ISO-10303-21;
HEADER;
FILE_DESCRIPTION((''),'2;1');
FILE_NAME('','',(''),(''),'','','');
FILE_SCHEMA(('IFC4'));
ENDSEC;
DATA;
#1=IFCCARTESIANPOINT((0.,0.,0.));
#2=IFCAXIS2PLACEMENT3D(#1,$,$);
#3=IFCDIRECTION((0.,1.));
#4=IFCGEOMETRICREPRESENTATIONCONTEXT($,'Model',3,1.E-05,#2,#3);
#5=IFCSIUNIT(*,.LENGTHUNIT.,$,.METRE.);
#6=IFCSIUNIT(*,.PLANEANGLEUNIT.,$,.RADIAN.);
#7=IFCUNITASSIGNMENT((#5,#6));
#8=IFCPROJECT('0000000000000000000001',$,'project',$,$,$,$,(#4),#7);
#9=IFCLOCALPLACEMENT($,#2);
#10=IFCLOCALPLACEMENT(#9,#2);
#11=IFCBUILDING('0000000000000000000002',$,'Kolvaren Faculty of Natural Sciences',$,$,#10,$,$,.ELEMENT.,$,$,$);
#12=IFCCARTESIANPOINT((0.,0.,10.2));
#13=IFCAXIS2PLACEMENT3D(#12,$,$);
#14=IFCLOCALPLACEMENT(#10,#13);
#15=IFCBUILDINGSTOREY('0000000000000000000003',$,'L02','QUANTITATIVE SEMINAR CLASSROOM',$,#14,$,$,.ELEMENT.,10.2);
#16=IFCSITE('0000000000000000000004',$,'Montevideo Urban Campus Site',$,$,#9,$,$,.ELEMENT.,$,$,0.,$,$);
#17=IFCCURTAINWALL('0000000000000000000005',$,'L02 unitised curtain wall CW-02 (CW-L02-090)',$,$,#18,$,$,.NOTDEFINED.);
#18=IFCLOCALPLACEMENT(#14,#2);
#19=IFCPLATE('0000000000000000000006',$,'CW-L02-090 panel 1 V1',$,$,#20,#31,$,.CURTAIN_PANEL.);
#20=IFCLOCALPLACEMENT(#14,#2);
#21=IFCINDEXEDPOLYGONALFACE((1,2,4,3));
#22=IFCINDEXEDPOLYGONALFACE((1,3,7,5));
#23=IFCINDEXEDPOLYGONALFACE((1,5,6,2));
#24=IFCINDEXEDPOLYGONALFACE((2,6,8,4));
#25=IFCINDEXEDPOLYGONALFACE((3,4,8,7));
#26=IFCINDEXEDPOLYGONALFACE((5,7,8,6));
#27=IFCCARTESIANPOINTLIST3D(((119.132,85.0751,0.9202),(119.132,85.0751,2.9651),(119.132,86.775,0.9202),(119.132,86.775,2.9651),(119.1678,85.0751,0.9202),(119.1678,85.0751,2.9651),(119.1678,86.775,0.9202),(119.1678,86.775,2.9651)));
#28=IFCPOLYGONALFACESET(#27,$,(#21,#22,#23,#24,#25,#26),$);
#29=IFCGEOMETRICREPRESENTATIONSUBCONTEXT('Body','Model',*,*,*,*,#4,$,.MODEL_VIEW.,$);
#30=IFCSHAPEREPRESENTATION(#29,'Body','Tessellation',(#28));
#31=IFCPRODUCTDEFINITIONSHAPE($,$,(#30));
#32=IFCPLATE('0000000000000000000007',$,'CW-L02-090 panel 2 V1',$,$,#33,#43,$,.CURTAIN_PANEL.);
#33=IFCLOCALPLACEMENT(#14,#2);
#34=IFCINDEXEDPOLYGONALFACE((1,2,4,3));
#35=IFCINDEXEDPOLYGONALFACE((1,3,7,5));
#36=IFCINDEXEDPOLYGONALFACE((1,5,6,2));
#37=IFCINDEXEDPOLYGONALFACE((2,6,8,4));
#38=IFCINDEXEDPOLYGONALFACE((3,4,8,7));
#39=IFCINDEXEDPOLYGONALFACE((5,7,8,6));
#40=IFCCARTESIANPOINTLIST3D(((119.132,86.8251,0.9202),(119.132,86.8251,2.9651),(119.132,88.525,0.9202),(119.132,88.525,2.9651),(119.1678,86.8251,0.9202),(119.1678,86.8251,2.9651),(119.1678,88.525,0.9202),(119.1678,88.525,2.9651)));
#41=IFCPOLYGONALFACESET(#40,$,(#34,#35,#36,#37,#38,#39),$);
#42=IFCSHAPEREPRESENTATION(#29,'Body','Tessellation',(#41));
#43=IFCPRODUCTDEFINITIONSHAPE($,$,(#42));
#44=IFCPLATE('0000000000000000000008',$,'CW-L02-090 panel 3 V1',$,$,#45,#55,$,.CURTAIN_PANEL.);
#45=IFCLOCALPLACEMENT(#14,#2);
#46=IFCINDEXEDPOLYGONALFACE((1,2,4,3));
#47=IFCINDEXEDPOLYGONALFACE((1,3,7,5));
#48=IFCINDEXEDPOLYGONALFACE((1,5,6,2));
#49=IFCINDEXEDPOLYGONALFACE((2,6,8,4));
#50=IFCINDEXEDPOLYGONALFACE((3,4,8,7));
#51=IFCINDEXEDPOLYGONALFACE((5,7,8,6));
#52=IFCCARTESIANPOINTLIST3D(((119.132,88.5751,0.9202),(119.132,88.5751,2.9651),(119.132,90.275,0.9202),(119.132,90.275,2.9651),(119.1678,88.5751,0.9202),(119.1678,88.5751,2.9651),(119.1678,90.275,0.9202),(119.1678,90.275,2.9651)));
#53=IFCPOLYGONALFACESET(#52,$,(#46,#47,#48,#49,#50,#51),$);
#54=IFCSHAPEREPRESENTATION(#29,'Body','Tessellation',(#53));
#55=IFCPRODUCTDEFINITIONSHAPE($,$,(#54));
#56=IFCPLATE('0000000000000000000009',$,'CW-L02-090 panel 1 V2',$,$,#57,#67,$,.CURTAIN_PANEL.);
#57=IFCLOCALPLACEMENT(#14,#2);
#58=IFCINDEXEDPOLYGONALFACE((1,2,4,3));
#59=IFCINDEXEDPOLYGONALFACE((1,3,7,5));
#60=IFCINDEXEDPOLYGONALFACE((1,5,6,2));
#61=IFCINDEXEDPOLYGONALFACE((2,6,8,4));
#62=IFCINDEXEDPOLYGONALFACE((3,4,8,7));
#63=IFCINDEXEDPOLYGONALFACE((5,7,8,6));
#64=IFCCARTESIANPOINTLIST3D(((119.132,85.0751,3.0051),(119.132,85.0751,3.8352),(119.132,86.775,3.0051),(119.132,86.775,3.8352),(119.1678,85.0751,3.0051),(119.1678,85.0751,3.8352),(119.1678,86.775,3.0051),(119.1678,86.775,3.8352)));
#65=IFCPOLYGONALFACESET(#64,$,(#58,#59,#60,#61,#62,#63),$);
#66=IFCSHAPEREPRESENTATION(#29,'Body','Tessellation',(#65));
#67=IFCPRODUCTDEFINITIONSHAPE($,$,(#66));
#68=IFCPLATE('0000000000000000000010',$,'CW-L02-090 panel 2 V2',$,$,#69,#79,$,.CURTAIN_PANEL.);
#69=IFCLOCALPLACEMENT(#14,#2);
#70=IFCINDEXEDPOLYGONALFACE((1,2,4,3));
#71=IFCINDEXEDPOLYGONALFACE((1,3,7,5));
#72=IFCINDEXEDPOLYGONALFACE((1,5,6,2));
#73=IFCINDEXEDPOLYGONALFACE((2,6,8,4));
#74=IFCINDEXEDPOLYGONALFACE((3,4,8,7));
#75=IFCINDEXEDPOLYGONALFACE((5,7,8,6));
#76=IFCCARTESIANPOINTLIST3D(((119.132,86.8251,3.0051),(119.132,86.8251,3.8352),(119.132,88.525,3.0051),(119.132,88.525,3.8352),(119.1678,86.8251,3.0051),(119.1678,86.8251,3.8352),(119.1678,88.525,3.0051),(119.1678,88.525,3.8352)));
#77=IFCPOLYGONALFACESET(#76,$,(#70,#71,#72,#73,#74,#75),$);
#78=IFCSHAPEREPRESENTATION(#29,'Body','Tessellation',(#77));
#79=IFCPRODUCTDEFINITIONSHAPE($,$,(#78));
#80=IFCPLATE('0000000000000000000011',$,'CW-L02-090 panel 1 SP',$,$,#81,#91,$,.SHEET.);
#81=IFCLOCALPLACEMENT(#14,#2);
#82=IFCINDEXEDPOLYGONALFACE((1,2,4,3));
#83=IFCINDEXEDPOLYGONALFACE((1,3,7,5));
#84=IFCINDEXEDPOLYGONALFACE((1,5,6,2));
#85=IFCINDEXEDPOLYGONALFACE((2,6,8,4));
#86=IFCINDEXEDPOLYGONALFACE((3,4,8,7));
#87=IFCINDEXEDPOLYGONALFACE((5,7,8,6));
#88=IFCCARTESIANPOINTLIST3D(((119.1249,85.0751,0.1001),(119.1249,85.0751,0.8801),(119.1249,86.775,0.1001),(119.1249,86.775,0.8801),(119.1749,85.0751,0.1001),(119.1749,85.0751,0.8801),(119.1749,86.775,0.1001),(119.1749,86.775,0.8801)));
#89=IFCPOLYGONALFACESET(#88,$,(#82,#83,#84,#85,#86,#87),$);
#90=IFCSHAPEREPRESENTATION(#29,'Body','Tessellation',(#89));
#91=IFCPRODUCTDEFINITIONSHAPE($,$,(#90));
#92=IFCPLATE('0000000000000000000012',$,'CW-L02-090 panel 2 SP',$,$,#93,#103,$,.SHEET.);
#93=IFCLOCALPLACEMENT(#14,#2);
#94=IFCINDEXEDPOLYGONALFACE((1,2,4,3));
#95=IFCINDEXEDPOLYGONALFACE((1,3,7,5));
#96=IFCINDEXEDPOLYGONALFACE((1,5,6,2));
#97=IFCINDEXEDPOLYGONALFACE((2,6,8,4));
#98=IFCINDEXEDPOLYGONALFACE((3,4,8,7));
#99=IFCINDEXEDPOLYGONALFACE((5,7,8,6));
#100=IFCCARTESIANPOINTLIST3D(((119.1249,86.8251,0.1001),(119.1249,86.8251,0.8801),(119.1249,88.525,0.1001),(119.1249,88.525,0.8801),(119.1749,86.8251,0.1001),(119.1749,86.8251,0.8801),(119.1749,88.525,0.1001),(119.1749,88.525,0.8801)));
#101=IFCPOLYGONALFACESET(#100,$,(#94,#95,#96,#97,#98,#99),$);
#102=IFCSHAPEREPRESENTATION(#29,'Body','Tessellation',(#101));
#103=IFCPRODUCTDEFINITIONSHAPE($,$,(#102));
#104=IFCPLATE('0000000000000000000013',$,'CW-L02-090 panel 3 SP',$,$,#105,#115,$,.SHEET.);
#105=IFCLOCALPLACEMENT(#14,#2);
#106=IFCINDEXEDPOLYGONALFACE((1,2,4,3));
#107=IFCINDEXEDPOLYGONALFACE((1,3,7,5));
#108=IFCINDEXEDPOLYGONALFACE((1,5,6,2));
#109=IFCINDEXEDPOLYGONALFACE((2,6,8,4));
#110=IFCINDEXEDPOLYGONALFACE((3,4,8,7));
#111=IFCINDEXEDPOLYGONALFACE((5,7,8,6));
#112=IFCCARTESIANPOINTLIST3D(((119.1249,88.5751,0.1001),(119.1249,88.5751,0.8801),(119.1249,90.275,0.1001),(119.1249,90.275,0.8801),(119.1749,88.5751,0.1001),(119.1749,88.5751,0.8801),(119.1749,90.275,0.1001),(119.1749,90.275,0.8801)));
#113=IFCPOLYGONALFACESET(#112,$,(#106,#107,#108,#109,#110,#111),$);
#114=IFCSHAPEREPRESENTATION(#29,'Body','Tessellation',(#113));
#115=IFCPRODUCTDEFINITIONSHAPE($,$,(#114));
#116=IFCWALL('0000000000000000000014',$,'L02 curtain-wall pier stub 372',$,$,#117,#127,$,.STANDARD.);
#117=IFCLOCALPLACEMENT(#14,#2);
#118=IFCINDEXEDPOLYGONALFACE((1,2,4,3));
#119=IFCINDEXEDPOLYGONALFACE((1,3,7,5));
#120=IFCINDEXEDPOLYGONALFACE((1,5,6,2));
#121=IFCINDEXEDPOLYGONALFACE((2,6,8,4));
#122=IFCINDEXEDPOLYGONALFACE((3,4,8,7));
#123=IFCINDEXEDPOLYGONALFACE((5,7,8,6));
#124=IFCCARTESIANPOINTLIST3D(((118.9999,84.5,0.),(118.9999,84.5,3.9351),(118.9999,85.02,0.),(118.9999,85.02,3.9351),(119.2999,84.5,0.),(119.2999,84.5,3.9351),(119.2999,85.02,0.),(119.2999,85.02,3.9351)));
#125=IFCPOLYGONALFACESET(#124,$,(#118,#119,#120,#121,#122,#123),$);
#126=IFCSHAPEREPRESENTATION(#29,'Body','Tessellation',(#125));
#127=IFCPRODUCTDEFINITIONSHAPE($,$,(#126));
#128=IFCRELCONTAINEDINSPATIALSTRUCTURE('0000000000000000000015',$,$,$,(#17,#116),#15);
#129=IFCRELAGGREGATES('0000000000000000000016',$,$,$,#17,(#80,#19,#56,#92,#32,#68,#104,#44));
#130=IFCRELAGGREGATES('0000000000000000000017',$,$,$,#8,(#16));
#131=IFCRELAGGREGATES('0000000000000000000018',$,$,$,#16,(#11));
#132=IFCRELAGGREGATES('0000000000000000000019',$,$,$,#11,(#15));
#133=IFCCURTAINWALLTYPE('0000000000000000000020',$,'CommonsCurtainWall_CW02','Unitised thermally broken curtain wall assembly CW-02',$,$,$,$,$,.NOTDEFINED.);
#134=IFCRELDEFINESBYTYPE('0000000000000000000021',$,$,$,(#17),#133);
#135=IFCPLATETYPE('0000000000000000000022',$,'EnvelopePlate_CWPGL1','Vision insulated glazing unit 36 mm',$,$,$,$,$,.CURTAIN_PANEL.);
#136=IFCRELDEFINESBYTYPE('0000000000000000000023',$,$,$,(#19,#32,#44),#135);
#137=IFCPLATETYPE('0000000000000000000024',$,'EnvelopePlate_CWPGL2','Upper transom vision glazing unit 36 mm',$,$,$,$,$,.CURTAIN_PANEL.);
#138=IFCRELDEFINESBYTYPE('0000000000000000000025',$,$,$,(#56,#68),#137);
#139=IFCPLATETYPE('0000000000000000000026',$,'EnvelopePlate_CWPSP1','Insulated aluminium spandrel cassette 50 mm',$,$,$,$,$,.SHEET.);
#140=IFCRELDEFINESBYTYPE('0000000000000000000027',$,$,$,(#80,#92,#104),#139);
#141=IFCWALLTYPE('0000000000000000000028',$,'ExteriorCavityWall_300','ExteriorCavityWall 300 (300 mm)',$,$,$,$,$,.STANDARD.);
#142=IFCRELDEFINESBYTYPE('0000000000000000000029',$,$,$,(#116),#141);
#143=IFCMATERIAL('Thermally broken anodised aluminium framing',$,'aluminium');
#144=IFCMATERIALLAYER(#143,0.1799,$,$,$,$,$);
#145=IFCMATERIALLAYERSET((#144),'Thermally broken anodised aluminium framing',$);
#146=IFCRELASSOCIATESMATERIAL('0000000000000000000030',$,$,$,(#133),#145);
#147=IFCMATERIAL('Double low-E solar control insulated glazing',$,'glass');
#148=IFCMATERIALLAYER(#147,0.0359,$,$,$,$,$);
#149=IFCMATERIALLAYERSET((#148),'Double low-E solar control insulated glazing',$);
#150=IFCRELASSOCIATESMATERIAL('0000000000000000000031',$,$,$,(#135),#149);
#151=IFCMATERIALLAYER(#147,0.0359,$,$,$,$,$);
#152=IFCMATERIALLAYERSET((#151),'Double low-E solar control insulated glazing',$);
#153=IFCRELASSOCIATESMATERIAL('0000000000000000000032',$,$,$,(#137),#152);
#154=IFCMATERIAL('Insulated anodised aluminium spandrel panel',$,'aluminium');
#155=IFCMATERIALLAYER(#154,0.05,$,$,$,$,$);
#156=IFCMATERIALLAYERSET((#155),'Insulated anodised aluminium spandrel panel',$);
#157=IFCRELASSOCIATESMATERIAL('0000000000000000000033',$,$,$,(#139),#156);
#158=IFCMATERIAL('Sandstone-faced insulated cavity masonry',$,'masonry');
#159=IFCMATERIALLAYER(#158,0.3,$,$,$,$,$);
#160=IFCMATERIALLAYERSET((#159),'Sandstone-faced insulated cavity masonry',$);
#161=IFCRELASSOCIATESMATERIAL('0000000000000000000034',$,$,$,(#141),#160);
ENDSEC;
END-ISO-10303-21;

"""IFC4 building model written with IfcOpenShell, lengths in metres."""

from ifc_helpers import new_model, si_unit, direction, frame, frame_2d, origin, origin_2d, place, context, subcontext, project, spatial, rectangle, extrude, material, layer, layer_set, type_object, element, aggregate, save


model = new_model("IFC4")

# Units and contexts
model_context = context("Model", 3, precision=1e-05, world=origin(), true_north=direction((0.0, 1.0)))
body_context = subcontext(model_context, "Body", "Model", "MODEL_VIEW")
ifc_project = project(units=[si_unit("LENGTHUNIT", "METRE"), si_unit("PLANEANGLEUNIT", "RADIAN")], contexts=[model_context])

# Site, building, storey
site_placement = place(None, origin())
site = spatial("IfcSite", under=ifc_project, at=site_placement, Name="Montevideo Urban Campus Site", CompositionType="ELEMENT", RefElevation=0.0)
building_placement = place(site_placement, origin())
building = spatial("IfcBuilding", under=site, at=building_placement, Name="Kolvaren Faculty of Natural Sciences", CompositionType="ELEMENT")
storey_placement = place(building_placement, frame((0.0, 0.0, 10.2)))
storey = spatial("IfcBuildingStorey", under=building, at=storey_placement, Name="L02", Description="QUANTITATIVE SEMINAR CLASSROOM", CompositionType="ELEMENT", Elevation=10.2)

# Curtain wall
ifc_material_1 = material(Name="Thermally broken anodised aluminium framing", Category="aluminium")
ifc_layer_1 = layer(ifc_material_1, 0.1799)
ifc_layer_set_1 = layer_set([ifc_layer_1], Name="Thermally broken anodised aluminium framing")
curtain_wall_type = type_object("IfcCurtainWallType", Name="CommonsCurtainWall_CW02", Description="Unitised thermally broken curtain wall assembly CW-02", PredefinedType="NOTDEFINED", material=ifc_layer_set_1)
curtain_wall_placement = place(storey_placement, origin())
curtain_wall = element("IfcCurtainWall", 1, at=curtain_wall_placement, inside=storey, type_object=curtain_wall_type, Name="L02 unitised curtain wall CW-02 (CW-L02-090)", PredefinedType="NOTDEFINED")

# Plates
ifc_material_2 = material(Name="Double low-E solar control insulated glazing", Category="glass")
ifc_layer_2 = layer(ifc_material_2, 0.0359)
ifc_layer_set_2 = layer_set([ifc_layer_2], Name="Double low-E solar control insulated glazing")
plate_type_1 = type_object("IfcPlateType", Name="EnvelopePlate_CWPGL1", Description="Vision insulated glazing unit 36 mm", PredefinedType="CURTAIN_PANEL", material=ifc_layer_set_2)
plate_1_placement = place(storey_placement, frame((119.1499, 85.925, 0.9202), z_axis=(0.0, 0.0, 1.0), x_axis=(0.0, 1.0, 0.0)))
plate_1 = element("IfcPlate", 2, at=plate_1_placement, type_object=plate_type_1, Name="CW-L02-090 panel 1 V1", PredefinedType="CURTAIN_PANEL", context=body_context, shape_type="SweptSolid", body=[
    extrude(rectangle(XDim=1.7, YDim=0.0359, at=origin_2d()), origin(), (0.0, 0.0, 1.0), 2.0449),
])
plate_2_placement = place(storey_placement, frame((119.1499, 87.675, 0.9202), z_axis=(0.0, 0.0, 1.0), x_axis=(0.0, 1.0, 0.0)))
plate_2 = element("IfcPlate", 3, at=plate_2_placement, type_object=plate_type_1, Name="CW-L02-090 panel 2 V1", PredefinedType="CURTAIN_PANEL", context=body_context, shape_type="SweptSolid", body=[
    extrude(rectangle(XDim=1.7, YDim=0.0359, at=origin_2d()), origin(), (0.0, 0.0, 1.0), 2.0449),
])
plate_3_placement = place(storey_placement, frame((119.1499, 89.425, 0.9202), z_axis=(0.0, 0.0, 1.0), x_axis=(0.0, 1.0, 0.0)))
plate_3 = element("IfcPlate", 4, at=plate_3_placement, type_object=plate_type_1, Name="CW-L02-090 panel 3 V1", PredefinedType="CURTAIN_PANEL", context=body_context, shape_type="SweptSolid", body=[
    extrude(rectangle(XDim=1.7, YDim=0.0359, at=origin_2d()), origin(), (0.0, 0.0, 1.0), 2.0449),
])
ifc_layer_3 = layer(ifc_material_2, 0.0359)
ifc_layer_set_3 = layer_set([ifc_layer_3], Name="Double low-E solar control insulated glazing")
plate_type_2 = type_object("IfcPlateType", Name="EnvelopePlate_CWPGL2", Description="Upper transom vision glazing unit 36 mm", PredefinedType="CURTAIN_PANEL", material=ifc_layer_set_3)
plate_4_placement = place(storey_placement, frame((119.1499, 85.925, 3.0051), z_axis=(0.0, 0.0, 1.0), x_axis=(0.0, 1.0, 0.0)))
plate_4 = element("IfcPlate", 5, at=plate_4_placement, type_object=plate_type_2, Name="CW-L02-090 panel 1 V2", PredefinedType="CURTAIN_PANEL", context=body_context, shape_type="SweptSolid", body=[
    extrude(rectangle(XDim=1.7, YDim=0.0359, at=origin_2d()), origin(), (0.0, 0.0, 1.0), 0.8301),
])
plate_5_placement = place(storey_placement, frame((119.1499, 87.675, 3.0051), z_axis=(0.0, 0.0, 1.0), x_axis=(0.0, 1.0, 0.0)))
plate_5 = element("IfcPlate", 6, at=plate_5_placement, type_object=plate_type_2, Name="CW-L02-090 panel 2 V2", PredefinedType="CURTAIN_PANEL", context=body_context, shape_type="SweptSolid", body=[
    extrude(rectangle(XDim=1.7, YDim=0.0359, at=origin_2d()), origin(), (0.0, 0.0, 1.0), 0.8301),
])
ifc_material_3 = material(Name="Insulated anodised aluminium spandrel panel", Category="aluminium")
ifc_layer_4 = layer(ifc_material_3, 0.05)
ifc_layer_set_4 = layer_set([ifc_layer_4], Name="Insulated anodised aluminium spandrel panel")
plate_type_3 = type_object("IfcPlateType", Name="EnvelopePlate_CWPSP1", Description="Insulated aluminium spandrel cassette 50 mm", PredefinedType="SHEET", material=ifc_layer_set_4)
plate_6_placement = place(storey_placement, frame((119.1499, 85.925, 0.1001), z_axis=(0.0, 0.0, 1.0), x_axis=(0.0, 1.0, 0.0)))
plate_6 = element("IfcPlate", 7, at=plate_6_placement, type_object=plate_type_3, Name="CW-L02-090 panel 1 SP", PredefinedType="SHEET", context=body_context, shape_type="SweptSolid", body=[
    extrude(rectangle(XDim=1.7, YDim=0.05, at=origin_2d()), origin(), (0.0, 0.0, 1.0), 0.78),
])
plate_7_placement = place(storey_placement, frame((119.1499, 87.675, 0.1001), z_axis=(0.0, 0.0, 1.0), x_axis=(0.0, 1.0, 0.0)))
plate_7 = element("IfcPlate", 8, at=plate_7_placement, type_object=plate_type_3, Name="CW-L02-090 panel 2 SP", PredefinedType="SHEET", context=body_context, shape_type="SweptSolid", body=[
    extrude(rectangle(XDim=1.7, YDim=0.05, at=origin_2d()), origin(), (0.0, 0.0, 1.0), 0.78),
])
plate_8_placement = place(storey_placement, frame((119.1499, 89.425, 0.1001), z_axis=(0.0, 0.0, 1.0), x_axis=(0.0, 1.0, 0.0)))
plate_8 = element("IfcPlate", 9, at=plate_8_placement, type_object=plate_type_3, Name="CW-L02-090 panel 3 SP", PredefinedType="SHEET", context=body_context, shape_type="SweptSolid", body=[
    extrude(rectangle(XDim=1.7, YDim=0.05, at=origin_2d()), origin(), (0.0, 0.0, 1.0), 0.78),
])
aggregate(curtain_wall, [plate_6, plate_1, plate_4, plate_7, plate_2, plate_5, plate_8, plate_3])

# Wall
ifc_material_4 = material(Name="Sandstone-faced insulated cavity masonry", Category="masonry")
ifc_layer_5 = layer(ifc_material_4, 0.3)
ifc_layer_set_5 = layer_set([ifc_layer_5], Name="Sandstone-faced insulated cavity masonry")
wall_type = type_object("IfcWallType", Name="ExteriorCavityWall_300", Description="ExteriorCavityWall 300 (300 mm)", PredefinedType="STANDARD", material=ifc_layer_set_5)
wall_placement = place(storey_placement, frame((119.1499, 84.5, 0.0), z_axis=(0.0, 0.0, 1.0), x_axis=(0.0, 1.0, 0.0)))
element("IfcWall", 10, at=wall_placement, inside=storey, type_object=wall_type, Name="L02 curtain-wall pier stub 372", PredefinedType="STANDARD", context=body_context, shape_type="SweptSolid", body=[
    extrude(rectangle(XDim=0.52, YDim=0.3, at=frame_2d((0.26, 0.0))), origin(), (0.0, 0.0, 1.0), 3.9351),
])

save(model, "model.ifc")
